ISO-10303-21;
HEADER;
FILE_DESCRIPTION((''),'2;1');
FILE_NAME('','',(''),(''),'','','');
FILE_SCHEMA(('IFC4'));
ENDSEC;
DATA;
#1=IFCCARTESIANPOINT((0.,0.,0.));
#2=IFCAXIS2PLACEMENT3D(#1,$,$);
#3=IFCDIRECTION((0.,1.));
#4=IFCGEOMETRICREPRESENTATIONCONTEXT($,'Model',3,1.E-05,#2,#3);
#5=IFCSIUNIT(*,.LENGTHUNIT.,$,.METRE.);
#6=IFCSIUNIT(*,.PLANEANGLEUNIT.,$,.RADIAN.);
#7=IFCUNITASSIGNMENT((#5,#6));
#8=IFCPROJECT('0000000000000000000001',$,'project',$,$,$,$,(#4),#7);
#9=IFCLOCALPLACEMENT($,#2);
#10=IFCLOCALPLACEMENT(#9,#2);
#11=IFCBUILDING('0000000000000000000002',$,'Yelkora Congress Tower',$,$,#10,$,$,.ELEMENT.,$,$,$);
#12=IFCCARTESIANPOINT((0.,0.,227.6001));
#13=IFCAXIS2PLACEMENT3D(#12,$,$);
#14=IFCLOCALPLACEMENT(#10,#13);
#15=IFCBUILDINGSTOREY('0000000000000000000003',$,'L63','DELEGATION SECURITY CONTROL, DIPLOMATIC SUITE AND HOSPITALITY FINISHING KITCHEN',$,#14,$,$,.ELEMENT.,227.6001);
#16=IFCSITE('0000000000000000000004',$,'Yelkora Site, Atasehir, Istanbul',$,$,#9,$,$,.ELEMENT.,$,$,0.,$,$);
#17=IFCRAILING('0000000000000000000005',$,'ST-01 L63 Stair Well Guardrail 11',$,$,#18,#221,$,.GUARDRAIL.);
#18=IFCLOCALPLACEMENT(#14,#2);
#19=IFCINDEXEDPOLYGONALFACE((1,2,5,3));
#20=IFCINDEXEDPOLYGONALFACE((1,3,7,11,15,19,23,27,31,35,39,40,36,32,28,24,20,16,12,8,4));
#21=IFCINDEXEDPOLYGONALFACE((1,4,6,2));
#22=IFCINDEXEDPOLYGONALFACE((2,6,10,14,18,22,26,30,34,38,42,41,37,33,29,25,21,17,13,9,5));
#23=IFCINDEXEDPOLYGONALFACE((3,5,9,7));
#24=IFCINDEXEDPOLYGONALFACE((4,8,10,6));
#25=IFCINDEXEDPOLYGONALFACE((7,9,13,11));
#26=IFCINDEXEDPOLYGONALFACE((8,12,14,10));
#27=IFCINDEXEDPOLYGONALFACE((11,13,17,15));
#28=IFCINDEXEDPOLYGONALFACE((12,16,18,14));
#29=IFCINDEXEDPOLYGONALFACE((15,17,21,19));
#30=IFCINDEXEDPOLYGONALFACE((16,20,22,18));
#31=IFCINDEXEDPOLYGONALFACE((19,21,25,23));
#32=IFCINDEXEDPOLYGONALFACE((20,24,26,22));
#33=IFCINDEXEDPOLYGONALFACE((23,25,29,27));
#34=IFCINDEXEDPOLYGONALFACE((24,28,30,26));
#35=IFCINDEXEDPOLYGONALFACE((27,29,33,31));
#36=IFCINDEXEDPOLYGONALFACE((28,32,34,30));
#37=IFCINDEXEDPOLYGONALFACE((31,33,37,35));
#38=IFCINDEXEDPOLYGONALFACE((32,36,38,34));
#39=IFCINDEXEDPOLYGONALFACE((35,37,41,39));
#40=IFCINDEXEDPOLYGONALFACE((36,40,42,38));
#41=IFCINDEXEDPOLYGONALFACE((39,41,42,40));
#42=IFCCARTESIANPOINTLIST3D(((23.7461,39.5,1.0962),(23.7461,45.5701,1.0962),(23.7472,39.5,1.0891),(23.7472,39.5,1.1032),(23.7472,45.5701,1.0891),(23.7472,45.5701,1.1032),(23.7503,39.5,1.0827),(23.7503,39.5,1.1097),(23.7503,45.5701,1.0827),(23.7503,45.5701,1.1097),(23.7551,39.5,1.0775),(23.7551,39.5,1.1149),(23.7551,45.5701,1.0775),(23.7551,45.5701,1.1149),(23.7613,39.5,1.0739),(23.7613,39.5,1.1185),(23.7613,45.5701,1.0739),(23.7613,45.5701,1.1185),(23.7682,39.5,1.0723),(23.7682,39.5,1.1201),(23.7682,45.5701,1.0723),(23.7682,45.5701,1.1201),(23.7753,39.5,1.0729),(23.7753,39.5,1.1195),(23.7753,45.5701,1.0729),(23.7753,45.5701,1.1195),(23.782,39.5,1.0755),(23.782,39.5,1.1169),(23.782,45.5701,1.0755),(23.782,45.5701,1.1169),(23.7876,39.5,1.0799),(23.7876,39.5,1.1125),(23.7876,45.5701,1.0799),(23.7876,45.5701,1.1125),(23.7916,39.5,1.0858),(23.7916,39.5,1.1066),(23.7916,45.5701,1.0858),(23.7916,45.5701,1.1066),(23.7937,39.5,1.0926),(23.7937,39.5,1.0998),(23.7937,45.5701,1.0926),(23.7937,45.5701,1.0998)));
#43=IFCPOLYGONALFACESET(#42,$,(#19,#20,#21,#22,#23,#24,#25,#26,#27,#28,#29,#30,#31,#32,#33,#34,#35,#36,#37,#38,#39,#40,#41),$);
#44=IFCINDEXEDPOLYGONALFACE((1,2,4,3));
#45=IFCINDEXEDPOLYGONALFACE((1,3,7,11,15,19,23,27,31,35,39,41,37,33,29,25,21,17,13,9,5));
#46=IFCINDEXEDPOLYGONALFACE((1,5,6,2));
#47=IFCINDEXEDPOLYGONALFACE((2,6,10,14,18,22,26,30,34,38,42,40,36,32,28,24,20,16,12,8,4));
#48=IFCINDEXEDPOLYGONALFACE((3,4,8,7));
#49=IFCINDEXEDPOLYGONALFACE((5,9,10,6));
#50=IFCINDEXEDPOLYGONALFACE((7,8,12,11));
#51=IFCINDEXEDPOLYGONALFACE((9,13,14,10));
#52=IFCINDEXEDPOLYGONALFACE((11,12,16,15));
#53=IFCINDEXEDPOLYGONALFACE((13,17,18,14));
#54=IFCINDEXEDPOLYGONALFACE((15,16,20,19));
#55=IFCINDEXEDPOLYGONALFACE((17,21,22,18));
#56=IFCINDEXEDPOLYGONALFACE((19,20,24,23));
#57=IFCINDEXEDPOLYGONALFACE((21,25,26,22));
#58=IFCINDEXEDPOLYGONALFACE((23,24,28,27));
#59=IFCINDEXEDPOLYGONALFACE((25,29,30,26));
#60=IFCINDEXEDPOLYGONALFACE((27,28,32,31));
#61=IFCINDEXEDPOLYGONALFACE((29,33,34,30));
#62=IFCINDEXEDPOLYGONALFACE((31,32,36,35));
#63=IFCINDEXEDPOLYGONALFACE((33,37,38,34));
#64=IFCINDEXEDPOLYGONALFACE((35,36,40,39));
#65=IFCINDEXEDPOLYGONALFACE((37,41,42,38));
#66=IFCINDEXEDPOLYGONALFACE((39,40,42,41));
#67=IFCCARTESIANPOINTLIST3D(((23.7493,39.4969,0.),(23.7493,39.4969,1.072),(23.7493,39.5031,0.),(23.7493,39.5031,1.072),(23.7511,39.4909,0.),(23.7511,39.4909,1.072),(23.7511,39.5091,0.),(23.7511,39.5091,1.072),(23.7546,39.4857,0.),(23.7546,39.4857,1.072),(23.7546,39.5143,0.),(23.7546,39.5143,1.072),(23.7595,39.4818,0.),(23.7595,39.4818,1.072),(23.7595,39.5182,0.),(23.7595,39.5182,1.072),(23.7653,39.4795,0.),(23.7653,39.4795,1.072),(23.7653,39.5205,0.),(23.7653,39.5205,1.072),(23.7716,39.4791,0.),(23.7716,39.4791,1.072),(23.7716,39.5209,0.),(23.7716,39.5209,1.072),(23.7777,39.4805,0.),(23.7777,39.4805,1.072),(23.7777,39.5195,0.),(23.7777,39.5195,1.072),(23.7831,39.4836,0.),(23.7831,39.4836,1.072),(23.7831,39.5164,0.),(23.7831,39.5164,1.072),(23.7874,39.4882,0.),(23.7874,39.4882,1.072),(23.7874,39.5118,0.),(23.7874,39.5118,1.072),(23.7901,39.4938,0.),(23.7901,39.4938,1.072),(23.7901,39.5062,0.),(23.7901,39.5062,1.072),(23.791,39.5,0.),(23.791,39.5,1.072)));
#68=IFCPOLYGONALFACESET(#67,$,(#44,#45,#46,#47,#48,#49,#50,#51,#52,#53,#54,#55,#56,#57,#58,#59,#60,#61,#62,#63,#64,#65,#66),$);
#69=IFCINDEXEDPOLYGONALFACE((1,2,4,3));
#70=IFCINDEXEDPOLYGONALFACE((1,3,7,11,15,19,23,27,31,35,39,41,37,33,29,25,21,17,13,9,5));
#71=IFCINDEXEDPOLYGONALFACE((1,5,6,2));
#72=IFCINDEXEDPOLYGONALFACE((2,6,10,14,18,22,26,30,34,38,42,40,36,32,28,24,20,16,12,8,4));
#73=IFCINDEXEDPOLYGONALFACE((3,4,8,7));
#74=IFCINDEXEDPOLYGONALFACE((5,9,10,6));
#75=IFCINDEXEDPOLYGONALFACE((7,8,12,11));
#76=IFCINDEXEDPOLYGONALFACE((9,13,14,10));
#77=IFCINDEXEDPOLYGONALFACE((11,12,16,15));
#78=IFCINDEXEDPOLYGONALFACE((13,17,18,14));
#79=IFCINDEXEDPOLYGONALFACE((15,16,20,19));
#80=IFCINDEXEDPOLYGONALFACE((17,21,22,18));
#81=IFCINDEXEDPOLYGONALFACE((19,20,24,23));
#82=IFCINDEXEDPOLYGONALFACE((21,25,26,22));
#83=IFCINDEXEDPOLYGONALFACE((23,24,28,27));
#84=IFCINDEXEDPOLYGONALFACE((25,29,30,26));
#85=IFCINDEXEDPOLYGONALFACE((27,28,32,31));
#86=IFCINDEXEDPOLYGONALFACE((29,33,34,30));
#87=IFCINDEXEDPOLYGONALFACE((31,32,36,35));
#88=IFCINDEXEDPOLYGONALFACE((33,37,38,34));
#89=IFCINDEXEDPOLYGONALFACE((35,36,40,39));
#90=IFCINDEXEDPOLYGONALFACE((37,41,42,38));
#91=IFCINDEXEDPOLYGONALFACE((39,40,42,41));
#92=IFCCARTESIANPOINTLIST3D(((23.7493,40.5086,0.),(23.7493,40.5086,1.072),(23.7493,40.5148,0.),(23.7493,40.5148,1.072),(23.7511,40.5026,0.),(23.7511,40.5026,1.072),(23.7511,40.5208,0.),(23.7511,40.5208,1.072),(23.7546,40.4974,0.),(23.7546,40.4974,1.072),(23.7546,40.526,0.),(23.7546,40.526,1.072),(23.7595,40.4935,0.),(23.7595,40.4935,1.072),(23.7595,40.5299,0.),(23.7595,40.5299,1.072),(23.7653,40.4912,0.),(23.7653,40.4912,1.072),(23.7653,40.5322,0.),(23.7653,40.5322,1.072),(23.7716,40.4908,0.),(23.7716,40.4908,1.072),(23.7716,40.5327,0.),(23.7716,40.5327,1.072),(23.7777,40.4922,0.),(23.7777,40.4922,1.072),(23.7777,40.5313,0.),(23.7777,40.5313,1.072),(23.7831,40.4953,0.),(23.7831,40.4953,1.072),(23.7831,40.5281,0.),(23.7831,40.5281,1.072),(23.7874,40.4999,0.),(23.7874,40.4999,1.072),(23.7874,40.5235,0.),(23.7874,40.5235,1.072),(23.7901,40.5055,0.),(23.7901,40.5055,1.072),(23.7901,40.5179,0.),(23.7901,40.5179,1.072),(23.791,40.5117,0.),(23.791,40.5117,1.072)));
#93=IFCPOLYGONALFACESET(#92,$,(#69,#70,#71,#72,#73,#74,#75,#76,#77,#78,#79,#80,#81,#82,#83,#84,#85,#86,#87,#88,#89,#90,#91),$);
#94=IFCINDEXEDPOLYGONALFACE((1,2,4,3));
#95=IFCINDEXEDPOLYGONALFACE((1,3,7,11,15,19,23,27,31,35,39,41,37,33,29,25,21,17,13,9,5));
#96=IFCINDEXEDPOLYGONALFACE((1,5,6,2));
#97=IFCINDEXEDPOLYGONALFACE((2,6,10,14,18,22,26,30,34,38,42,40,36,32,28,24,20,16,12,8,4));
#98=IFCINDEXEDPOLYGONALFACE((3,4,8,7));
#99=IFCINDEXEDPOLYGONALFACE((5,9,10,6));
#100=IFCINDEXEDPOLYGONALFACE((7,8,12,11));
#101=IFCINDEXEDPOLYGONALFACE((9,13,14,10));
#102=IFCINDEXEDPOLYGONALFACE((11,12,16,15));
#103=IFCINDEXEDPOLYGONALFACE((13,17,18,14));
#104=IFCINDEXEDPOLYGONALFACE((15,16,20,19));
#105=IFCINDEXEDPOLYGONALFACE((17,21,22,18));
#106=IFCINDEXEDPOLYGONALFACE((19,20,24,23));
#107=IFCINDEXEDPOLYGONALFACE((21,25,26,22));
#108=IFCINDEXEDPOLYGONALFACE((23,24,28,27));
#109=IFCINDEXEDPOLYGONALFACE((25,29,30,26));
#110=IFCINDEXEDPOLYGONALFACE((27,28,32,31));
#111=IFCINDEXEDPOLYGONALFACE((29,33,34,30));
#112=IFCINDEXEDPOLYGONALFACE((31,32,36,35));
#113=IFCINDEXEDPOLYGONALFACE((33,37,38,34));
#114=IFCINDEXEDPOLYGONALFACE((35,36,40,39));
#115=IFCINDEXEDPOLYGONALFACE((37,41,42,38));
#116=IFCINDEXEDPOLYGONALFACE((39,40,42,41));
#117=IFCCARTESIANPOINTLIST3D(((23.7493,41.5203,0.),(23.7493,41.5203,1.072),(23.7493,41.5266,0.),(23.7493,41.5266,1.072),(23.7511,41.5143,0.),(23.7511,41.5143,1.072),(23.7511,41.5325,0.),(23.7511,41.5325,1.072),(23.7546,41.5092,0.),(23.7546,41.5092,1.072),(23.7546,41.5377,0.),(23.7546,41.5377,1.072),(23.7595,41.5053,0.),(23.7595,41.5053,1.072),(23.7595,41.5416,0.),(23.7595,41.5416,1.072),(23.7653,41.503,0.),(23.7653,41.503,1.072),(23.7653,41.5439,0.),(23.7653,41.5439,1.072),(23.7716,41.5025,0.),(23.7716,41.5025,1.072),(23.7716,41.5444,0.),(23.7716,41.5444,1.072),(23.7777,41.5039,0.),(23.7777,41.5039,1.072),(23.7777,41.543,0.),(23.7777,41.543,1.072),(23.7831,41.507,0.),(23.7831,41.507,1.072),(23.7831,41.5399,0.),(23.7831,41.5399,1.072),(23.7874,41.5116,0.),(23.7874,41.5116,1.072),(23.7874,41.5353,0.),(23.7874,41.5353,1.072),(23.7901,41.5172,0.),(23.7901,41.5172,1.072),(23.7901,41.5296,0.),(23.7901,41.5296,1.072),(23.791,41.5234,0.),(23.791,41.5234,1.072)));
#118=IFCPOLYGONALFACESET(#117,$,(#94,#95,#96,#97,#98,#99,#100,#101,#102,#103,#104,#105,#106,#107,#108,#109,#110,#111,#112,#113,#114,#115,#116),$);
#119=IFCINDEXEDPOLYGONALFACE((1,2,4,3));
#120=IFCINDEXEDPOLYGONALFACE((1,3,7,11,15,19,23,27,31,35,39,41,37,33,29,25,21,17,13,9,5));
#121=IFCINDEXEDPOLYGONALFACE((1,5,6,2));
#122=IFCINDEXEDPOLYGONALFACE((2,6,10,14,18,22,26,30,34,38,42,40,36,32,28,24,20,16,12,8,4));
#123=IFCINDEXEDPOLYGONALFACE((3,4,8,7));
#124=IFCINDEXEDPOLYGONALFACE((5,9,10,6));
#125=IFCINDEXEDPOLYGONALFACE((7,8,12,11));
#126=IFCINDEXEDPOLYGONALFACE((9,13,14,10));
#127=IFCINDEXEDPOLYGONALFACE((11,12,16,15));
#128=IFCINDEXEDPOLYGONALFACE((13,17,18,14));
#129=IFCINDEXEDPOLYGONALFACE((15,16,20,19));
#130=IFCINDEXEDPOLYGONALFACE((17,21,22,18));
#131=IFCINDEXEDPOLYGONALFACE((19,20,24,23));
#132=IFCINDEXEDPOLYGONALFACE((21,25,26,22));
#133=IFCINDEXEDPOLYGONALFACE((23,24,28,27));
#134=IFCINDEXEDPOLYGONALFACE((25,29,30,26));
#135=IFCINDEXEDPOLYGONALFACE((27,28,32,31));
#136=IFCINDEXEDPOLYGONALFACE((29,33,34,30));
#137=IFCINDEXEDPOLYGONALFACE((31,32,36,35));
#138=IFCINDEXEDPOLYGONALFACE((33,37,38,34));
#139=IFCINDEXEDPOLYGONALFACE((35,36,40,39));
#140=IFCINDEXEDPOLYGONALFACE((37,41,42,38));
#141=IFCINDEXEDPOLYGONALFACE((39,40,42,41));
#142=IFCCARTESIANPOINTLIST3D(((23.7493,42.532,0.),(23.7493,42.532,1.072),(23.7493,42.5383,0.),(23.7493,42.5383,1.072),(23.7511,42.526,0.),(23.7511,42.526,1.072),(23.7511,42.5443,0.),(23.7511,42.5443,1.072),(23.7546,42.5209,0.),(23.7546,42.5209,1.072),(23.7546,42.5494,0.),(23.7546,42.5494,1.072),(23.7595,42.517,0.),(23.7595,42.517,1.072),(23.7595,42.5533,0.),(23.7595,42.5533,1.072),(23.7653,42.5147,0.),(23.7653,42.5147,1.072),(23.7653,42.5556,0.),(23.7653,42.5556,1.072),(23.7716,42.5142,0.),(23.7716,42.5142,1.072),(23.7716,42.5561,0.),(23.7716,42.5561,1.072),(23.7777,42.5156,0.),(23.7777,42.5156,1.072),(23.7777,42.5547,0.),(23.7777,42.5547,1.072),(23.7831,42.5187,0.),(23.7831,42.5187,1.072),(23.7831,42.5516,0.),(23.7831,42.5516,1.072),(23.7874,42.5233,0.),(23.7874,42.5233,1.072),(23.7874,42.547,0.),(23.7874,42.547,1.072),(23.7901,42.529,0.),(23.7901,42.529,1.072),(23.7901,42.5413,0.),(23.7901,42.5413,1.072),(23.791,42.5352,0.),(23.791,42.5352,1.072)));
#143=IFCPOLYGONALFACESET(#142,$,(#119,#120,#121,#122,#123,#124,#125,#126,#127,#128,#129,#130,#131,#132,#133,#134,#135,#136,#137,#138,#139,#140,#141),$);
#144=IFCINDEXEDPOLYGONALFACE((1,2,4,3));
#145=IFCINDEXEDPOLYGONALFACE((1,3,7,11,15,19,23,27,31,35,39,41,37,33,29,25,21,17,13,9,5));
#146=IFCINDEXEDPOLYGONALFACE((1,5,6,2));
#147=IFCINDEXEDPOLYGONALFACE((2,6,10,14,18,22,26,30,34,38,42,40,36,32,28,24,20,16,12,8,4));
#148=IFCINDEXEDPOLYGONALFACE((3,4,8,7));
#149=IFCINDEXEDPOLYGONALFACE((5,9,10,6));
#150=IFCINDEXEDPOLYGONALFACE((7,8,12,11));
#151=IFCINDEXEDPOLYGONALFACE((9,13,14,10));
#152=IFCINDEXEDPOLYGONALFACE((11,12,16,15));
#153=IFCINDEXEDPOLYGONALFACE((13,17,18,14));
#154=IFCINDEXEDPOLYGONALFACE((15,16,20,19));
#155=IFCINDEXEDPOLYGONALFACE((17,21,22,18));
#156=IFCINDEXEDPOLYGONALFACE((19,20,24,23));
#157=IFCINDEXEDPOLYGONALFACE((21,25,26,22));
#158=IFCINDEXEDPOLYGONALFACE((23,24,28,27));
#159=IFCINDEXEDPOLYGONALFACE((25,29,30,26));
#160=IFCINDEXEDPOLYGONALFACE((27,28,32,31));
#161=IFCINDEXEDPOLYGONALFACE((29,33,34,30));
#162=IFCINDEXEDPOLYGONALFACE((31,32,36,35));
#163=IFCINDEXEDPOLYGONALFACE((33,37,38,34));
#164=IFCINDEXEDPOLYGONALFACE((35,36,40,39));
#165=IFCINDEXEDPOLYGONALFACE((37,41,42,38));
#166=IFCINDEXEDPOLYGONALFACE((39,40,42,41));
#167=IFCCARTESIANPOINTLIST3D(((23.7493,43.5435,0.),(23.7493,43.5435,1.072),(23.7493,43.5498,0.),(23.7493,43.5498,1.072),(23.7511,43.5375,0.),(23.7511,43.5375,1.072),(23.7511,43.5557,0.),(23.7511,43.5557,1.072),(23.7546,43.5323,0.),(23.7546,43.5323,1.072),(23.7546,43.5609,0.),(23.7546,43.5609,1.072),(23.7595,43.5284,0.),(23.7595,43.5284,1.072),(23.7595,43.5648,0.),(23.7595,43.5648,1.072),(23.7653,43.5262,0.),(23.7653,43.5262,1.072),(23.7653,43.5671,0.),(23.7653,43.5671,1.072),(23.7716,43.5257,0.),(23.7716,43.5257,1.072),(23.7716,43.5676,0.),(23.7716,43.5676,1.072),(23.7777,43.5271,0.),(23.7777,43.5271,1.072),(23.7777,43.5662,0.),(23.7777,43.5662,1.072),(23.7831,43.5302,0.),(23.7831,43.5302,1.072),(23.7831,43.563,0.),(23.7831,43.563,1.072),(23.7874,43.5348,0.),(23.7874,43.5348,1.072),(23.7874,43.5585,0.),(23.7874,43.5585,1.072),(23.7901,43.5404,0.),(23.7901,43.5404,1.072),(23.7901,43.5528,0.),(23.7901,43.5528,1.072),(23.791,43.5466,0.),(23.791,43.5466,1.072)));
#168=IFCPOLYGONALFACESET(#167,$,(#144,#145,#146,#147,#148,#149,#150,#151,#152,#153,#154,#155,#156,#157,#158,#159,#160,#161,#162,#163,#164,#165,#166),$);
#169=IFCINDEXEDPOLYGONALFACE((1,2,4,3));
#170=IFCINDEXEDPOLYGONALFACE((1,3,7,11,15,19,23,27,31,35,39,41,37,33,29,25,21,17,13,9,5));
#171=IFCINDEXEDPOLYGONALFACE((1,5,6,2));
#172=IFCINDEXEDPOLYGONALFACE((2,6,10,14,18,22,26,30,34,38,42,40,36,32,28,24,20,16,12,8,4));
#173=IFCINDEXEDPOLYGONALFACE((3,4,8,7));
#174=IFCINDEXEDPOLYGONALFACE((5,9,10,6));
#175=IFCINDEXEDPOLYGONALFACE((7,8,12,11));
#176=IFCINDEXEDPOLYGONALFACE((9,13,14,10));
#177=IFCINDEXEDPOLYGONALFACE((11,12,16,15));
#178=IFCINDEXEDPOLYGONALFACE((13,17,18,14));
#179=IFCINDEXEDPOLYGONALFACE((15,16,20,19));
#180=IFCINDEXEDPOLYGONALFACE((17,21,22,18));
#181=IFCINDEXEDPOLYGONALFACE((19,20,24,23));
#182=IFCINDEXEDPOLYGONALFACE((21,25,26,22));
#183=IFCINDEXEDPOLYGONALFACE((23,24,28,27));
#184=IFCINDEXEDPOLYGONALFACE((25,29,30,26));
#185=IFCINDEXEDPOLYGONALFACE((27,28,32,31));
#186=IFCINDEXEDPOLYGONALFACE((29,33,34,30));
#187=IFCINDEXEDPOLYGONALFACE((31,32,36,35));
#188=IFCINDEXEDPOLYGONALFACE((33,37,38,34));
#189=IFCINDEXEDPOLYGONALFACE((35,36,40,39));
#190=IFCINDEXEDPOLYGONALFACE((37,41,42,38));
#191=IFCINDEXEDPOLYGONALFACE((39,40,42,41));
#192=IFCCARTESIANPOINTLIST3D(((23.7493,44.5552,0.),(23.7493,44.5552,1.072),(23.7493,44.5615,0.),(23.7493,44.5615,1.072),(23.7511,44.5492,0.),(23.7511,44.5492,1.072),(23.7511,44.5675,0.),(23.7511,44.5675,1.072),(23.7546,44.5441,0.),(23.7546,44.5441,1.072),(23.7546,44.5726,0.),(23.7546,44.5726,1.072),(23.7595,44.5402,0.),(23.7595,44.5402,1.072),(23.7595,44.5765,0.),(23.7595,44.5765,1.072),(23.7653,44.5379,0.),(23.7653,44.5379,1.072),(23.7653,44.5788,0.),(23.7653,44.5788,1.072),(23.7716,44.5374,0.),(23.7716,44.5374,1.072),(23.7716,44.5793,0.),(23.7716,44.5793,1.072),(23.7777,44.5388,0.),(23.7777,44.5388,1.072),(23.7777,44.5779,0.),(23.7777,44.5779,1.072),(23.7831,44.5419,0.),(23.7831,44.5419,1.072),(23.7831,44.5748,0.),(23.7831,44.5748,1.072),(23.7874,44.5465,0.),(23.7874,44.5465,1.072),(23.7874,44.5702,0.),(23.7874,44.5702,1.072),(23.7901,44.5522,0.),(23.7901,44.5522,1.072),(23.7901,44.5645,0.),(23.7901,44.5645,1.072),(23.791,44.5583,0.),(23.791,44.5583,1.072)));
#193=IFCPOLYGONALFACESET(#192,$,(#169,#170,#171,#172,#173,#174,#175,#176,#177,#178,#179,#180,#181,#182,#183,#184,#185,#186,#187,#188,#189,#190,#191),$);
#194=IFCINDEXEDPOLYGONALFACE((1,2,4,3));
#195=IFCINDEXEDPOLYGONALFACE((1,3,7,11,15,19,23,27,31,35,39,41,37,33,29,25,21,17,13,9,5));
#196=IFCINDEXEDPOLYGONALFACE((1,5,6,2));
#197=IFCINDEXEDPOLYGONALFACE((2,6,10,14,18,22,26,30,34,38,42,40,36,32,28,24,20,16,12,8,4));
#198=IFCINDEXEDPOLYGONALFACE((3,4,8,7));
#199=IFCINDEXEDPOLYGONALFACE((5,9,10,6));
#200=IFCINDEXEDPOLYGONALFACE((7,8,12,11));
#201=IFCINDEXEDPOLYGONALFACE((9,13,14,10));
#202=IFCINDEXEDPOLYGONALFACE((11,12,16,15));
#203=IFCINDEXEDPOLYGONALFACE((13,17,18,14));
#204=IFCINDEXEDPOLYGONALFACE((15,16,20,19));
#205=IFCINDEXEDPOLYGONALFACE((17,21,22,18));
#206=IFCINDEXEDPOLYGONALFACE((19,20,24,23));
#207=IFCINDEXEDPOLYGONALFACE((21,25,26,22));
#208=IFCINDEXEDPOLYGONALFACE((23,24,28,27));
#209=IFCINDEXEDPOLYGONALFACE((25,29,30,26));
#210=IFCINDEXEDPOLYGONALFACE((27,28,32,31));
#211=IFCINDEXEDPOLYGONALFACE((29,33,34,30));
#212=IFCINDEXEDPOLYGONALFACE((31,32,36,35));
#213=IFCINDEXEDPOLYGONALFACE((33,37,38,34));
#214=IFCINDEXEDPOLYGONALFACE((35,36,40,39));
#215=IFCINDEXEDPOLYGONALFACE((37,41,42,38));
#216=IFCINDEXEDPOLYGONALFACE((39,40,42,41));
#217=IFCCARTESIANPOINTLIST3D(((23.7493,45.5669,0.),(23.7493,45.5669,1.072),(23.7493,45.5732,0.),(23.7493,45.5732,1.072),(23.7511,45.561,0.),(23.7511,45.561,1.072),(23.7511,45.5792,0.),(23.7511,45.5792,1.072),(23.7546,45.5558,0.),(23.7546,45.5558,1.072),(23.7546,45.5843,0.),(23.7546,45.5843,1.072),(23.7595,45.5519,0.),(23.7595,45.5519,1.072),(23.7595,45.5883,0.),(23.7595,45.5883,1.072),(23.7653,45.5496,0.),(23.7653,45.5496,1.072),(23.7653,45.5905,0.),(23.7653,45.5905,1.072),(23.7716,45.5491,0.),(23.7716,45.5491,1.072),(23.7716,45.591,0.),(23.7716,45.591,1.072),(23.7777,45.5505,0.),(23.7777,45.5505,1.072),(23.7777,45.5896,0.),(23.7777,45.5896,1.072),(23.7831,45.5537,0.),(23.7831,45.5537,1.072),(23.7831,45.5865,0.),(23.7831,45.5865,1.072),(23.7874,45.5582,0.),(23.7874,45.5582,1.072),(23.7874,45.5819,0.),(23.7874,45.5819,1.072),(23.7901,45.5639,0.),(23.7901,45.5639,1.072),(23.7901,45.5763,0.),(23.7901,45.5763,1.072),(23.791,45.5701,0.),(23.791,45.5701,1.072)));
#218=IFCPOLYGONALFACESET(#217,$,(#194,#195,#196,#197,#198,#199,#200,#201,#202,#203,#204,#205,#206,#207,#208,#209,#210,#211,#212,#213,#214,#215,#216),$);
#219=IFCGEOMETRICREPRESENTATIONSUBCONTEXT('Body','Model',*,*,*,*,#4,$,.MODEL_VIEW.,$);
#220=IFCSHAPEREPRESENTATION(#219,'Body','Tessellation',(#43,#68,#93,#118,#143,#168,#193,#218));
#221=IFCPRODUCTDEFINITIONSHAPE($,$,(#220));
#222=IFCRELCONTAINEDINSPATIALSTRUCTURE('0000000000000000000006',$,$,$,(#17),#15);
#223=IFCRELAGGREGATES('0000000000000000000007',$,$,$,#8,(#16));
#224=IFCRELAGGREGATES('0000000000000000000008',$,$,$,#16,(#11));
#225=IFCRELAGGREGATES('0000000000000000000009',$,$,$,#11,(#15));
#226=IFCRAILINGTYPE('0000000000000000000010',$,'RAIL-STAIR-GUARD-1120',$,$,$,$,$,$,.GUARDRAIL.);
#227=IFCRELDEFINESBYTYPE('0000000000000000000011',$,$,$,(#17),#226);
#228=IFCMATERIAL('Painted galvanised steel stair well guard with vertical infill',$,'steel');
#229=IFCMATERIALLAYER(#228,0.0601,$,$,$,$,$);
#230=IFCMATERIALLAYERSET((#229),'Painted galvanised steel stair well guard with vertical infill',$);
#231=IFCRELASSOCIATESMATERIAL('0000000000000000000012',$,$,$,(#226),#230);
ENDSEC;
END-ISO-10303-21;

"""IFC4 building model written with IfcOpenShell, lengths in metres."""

from ifc_helpers import new_model, si_unit, direction, frame, origin, origin_2d, place, context, subcontext, project, spatial, circle, extrude, material, layer, layer_set, type_object, element, save


model = new_model("IFC4")

# Units and contexts
model_context = context("Model", 3, precision=1e-05, world=origin(), true_north=direction((0.0, 1.0)))
body_context = subcontext(model_context, "Body", "Model", "MODEL_VIEW")
ifc_project = project(units=[si_unit("LENGTHUNIT", "METRE"), si_unit("PLANEANGLEUNIT", "RADIAN")], contexts=[model_context])

# Site, building, storey
site_placement = place(None, origin())
site = spatial("IfcSite", under=ifc_project, at=site_placement, Name="Yelkora Site, Atasehir, Istanbul", CompositionType="ELEMENT", RefElevation=0.0)
building_placement = place(site_placement, origin())
building = spatial("IfcBuilding", under=site, at=building_placement, Name="Yelkora Congress Tower", CompositionType="ELEMENT")
storey_placement = place(building_placement, frame((0.0, 0.0, 227.6001)))
storey = spatial("IfcBuildingStorey", under=building, at=storey_placement, Name="L63", Description="DELEGATION SECURITY CONTROL, DIPLOMATIC SUITE AND HOSPITALITY FINISHING KITCHEN", CompositionType="ELEMENT", Elevation=227.6001)

# Railing
ifc_material_1 = material(Name="Painted galvanised steel stair well guard with vertical infill", Category="steel")
ifc_layer_1 = layer(ifc_material_1, 0.0601)
ifc_layer_set_1 = layer_set([ifc_layer_1], Name="Painted galvanised steel stair well guard with vertical infill")
railing_type_1 = type_object("IfcRailingType", Name="RAIL-STAIR-GUARD-1120", PredefinedType="GUARDRAIL", material=ifc_layer_set_1)
railing_1_placement = place(storey_placement, frame((23.77, 39.5, 0.0)))
element("IfcRailing", 1, at=railing_1_placement, inside=storey, type_object=railing_type_1, Name="ST-01 L63 Stair Well Guardrail 11", PredefinedType="GUARDRAIL", context=body_context, shape_type="SweptSolid", body=[
    extrude(circle(Radius=0.0239, at=origin_2d()), frame((0.0, 0.0, 1.0962), z_axis=(0.0, 1.0, 0.0), x_axis=(-1.0, 0.0, 0.0)), (0.0, 0.0, 1.0), 6.0701),
    extrude(circle(Radius=0.021, at=origin_2d()), origin(), (0.0, 0.0, 1.0), 1.072),
    extrude(circle(Radius=0.021, at=origin_2d()), frame((0.0, 1.0117, 0.0)), (0.0, 0.0, 1.0), 1.072),
    extrude(circle(Radius=0.021, at=origin_2d()), frame((0.0, 2.0234, 0.0)), (0.0, 0.0, 1.0), 1.072),
    extrude(circle(Radius=0.021, at=origin_2d()), frame((0.0, 3.0352, 0.0)), (0.0, 0.0, 1.0), 1.072),
    extrude(circle(Radius=0.021, at=origin_2d()), frame((0.0, 4.0466, 0.0)), (0.0, 0.0, 1.0), 1.072),
    extrude(circle(Radius=0.021, at=origin_2d()), frame((0.0, 5.0583, 0.0)), (0.0, 0.0, 1.0), 1.072),
    extrude(circle(Radius=0.021, at=origin_2d()), frame((0.0, 6.0701, 0.0)), (0.0, 0.0, 1.0), 1.072),
])

save(model, "model.ifc")
